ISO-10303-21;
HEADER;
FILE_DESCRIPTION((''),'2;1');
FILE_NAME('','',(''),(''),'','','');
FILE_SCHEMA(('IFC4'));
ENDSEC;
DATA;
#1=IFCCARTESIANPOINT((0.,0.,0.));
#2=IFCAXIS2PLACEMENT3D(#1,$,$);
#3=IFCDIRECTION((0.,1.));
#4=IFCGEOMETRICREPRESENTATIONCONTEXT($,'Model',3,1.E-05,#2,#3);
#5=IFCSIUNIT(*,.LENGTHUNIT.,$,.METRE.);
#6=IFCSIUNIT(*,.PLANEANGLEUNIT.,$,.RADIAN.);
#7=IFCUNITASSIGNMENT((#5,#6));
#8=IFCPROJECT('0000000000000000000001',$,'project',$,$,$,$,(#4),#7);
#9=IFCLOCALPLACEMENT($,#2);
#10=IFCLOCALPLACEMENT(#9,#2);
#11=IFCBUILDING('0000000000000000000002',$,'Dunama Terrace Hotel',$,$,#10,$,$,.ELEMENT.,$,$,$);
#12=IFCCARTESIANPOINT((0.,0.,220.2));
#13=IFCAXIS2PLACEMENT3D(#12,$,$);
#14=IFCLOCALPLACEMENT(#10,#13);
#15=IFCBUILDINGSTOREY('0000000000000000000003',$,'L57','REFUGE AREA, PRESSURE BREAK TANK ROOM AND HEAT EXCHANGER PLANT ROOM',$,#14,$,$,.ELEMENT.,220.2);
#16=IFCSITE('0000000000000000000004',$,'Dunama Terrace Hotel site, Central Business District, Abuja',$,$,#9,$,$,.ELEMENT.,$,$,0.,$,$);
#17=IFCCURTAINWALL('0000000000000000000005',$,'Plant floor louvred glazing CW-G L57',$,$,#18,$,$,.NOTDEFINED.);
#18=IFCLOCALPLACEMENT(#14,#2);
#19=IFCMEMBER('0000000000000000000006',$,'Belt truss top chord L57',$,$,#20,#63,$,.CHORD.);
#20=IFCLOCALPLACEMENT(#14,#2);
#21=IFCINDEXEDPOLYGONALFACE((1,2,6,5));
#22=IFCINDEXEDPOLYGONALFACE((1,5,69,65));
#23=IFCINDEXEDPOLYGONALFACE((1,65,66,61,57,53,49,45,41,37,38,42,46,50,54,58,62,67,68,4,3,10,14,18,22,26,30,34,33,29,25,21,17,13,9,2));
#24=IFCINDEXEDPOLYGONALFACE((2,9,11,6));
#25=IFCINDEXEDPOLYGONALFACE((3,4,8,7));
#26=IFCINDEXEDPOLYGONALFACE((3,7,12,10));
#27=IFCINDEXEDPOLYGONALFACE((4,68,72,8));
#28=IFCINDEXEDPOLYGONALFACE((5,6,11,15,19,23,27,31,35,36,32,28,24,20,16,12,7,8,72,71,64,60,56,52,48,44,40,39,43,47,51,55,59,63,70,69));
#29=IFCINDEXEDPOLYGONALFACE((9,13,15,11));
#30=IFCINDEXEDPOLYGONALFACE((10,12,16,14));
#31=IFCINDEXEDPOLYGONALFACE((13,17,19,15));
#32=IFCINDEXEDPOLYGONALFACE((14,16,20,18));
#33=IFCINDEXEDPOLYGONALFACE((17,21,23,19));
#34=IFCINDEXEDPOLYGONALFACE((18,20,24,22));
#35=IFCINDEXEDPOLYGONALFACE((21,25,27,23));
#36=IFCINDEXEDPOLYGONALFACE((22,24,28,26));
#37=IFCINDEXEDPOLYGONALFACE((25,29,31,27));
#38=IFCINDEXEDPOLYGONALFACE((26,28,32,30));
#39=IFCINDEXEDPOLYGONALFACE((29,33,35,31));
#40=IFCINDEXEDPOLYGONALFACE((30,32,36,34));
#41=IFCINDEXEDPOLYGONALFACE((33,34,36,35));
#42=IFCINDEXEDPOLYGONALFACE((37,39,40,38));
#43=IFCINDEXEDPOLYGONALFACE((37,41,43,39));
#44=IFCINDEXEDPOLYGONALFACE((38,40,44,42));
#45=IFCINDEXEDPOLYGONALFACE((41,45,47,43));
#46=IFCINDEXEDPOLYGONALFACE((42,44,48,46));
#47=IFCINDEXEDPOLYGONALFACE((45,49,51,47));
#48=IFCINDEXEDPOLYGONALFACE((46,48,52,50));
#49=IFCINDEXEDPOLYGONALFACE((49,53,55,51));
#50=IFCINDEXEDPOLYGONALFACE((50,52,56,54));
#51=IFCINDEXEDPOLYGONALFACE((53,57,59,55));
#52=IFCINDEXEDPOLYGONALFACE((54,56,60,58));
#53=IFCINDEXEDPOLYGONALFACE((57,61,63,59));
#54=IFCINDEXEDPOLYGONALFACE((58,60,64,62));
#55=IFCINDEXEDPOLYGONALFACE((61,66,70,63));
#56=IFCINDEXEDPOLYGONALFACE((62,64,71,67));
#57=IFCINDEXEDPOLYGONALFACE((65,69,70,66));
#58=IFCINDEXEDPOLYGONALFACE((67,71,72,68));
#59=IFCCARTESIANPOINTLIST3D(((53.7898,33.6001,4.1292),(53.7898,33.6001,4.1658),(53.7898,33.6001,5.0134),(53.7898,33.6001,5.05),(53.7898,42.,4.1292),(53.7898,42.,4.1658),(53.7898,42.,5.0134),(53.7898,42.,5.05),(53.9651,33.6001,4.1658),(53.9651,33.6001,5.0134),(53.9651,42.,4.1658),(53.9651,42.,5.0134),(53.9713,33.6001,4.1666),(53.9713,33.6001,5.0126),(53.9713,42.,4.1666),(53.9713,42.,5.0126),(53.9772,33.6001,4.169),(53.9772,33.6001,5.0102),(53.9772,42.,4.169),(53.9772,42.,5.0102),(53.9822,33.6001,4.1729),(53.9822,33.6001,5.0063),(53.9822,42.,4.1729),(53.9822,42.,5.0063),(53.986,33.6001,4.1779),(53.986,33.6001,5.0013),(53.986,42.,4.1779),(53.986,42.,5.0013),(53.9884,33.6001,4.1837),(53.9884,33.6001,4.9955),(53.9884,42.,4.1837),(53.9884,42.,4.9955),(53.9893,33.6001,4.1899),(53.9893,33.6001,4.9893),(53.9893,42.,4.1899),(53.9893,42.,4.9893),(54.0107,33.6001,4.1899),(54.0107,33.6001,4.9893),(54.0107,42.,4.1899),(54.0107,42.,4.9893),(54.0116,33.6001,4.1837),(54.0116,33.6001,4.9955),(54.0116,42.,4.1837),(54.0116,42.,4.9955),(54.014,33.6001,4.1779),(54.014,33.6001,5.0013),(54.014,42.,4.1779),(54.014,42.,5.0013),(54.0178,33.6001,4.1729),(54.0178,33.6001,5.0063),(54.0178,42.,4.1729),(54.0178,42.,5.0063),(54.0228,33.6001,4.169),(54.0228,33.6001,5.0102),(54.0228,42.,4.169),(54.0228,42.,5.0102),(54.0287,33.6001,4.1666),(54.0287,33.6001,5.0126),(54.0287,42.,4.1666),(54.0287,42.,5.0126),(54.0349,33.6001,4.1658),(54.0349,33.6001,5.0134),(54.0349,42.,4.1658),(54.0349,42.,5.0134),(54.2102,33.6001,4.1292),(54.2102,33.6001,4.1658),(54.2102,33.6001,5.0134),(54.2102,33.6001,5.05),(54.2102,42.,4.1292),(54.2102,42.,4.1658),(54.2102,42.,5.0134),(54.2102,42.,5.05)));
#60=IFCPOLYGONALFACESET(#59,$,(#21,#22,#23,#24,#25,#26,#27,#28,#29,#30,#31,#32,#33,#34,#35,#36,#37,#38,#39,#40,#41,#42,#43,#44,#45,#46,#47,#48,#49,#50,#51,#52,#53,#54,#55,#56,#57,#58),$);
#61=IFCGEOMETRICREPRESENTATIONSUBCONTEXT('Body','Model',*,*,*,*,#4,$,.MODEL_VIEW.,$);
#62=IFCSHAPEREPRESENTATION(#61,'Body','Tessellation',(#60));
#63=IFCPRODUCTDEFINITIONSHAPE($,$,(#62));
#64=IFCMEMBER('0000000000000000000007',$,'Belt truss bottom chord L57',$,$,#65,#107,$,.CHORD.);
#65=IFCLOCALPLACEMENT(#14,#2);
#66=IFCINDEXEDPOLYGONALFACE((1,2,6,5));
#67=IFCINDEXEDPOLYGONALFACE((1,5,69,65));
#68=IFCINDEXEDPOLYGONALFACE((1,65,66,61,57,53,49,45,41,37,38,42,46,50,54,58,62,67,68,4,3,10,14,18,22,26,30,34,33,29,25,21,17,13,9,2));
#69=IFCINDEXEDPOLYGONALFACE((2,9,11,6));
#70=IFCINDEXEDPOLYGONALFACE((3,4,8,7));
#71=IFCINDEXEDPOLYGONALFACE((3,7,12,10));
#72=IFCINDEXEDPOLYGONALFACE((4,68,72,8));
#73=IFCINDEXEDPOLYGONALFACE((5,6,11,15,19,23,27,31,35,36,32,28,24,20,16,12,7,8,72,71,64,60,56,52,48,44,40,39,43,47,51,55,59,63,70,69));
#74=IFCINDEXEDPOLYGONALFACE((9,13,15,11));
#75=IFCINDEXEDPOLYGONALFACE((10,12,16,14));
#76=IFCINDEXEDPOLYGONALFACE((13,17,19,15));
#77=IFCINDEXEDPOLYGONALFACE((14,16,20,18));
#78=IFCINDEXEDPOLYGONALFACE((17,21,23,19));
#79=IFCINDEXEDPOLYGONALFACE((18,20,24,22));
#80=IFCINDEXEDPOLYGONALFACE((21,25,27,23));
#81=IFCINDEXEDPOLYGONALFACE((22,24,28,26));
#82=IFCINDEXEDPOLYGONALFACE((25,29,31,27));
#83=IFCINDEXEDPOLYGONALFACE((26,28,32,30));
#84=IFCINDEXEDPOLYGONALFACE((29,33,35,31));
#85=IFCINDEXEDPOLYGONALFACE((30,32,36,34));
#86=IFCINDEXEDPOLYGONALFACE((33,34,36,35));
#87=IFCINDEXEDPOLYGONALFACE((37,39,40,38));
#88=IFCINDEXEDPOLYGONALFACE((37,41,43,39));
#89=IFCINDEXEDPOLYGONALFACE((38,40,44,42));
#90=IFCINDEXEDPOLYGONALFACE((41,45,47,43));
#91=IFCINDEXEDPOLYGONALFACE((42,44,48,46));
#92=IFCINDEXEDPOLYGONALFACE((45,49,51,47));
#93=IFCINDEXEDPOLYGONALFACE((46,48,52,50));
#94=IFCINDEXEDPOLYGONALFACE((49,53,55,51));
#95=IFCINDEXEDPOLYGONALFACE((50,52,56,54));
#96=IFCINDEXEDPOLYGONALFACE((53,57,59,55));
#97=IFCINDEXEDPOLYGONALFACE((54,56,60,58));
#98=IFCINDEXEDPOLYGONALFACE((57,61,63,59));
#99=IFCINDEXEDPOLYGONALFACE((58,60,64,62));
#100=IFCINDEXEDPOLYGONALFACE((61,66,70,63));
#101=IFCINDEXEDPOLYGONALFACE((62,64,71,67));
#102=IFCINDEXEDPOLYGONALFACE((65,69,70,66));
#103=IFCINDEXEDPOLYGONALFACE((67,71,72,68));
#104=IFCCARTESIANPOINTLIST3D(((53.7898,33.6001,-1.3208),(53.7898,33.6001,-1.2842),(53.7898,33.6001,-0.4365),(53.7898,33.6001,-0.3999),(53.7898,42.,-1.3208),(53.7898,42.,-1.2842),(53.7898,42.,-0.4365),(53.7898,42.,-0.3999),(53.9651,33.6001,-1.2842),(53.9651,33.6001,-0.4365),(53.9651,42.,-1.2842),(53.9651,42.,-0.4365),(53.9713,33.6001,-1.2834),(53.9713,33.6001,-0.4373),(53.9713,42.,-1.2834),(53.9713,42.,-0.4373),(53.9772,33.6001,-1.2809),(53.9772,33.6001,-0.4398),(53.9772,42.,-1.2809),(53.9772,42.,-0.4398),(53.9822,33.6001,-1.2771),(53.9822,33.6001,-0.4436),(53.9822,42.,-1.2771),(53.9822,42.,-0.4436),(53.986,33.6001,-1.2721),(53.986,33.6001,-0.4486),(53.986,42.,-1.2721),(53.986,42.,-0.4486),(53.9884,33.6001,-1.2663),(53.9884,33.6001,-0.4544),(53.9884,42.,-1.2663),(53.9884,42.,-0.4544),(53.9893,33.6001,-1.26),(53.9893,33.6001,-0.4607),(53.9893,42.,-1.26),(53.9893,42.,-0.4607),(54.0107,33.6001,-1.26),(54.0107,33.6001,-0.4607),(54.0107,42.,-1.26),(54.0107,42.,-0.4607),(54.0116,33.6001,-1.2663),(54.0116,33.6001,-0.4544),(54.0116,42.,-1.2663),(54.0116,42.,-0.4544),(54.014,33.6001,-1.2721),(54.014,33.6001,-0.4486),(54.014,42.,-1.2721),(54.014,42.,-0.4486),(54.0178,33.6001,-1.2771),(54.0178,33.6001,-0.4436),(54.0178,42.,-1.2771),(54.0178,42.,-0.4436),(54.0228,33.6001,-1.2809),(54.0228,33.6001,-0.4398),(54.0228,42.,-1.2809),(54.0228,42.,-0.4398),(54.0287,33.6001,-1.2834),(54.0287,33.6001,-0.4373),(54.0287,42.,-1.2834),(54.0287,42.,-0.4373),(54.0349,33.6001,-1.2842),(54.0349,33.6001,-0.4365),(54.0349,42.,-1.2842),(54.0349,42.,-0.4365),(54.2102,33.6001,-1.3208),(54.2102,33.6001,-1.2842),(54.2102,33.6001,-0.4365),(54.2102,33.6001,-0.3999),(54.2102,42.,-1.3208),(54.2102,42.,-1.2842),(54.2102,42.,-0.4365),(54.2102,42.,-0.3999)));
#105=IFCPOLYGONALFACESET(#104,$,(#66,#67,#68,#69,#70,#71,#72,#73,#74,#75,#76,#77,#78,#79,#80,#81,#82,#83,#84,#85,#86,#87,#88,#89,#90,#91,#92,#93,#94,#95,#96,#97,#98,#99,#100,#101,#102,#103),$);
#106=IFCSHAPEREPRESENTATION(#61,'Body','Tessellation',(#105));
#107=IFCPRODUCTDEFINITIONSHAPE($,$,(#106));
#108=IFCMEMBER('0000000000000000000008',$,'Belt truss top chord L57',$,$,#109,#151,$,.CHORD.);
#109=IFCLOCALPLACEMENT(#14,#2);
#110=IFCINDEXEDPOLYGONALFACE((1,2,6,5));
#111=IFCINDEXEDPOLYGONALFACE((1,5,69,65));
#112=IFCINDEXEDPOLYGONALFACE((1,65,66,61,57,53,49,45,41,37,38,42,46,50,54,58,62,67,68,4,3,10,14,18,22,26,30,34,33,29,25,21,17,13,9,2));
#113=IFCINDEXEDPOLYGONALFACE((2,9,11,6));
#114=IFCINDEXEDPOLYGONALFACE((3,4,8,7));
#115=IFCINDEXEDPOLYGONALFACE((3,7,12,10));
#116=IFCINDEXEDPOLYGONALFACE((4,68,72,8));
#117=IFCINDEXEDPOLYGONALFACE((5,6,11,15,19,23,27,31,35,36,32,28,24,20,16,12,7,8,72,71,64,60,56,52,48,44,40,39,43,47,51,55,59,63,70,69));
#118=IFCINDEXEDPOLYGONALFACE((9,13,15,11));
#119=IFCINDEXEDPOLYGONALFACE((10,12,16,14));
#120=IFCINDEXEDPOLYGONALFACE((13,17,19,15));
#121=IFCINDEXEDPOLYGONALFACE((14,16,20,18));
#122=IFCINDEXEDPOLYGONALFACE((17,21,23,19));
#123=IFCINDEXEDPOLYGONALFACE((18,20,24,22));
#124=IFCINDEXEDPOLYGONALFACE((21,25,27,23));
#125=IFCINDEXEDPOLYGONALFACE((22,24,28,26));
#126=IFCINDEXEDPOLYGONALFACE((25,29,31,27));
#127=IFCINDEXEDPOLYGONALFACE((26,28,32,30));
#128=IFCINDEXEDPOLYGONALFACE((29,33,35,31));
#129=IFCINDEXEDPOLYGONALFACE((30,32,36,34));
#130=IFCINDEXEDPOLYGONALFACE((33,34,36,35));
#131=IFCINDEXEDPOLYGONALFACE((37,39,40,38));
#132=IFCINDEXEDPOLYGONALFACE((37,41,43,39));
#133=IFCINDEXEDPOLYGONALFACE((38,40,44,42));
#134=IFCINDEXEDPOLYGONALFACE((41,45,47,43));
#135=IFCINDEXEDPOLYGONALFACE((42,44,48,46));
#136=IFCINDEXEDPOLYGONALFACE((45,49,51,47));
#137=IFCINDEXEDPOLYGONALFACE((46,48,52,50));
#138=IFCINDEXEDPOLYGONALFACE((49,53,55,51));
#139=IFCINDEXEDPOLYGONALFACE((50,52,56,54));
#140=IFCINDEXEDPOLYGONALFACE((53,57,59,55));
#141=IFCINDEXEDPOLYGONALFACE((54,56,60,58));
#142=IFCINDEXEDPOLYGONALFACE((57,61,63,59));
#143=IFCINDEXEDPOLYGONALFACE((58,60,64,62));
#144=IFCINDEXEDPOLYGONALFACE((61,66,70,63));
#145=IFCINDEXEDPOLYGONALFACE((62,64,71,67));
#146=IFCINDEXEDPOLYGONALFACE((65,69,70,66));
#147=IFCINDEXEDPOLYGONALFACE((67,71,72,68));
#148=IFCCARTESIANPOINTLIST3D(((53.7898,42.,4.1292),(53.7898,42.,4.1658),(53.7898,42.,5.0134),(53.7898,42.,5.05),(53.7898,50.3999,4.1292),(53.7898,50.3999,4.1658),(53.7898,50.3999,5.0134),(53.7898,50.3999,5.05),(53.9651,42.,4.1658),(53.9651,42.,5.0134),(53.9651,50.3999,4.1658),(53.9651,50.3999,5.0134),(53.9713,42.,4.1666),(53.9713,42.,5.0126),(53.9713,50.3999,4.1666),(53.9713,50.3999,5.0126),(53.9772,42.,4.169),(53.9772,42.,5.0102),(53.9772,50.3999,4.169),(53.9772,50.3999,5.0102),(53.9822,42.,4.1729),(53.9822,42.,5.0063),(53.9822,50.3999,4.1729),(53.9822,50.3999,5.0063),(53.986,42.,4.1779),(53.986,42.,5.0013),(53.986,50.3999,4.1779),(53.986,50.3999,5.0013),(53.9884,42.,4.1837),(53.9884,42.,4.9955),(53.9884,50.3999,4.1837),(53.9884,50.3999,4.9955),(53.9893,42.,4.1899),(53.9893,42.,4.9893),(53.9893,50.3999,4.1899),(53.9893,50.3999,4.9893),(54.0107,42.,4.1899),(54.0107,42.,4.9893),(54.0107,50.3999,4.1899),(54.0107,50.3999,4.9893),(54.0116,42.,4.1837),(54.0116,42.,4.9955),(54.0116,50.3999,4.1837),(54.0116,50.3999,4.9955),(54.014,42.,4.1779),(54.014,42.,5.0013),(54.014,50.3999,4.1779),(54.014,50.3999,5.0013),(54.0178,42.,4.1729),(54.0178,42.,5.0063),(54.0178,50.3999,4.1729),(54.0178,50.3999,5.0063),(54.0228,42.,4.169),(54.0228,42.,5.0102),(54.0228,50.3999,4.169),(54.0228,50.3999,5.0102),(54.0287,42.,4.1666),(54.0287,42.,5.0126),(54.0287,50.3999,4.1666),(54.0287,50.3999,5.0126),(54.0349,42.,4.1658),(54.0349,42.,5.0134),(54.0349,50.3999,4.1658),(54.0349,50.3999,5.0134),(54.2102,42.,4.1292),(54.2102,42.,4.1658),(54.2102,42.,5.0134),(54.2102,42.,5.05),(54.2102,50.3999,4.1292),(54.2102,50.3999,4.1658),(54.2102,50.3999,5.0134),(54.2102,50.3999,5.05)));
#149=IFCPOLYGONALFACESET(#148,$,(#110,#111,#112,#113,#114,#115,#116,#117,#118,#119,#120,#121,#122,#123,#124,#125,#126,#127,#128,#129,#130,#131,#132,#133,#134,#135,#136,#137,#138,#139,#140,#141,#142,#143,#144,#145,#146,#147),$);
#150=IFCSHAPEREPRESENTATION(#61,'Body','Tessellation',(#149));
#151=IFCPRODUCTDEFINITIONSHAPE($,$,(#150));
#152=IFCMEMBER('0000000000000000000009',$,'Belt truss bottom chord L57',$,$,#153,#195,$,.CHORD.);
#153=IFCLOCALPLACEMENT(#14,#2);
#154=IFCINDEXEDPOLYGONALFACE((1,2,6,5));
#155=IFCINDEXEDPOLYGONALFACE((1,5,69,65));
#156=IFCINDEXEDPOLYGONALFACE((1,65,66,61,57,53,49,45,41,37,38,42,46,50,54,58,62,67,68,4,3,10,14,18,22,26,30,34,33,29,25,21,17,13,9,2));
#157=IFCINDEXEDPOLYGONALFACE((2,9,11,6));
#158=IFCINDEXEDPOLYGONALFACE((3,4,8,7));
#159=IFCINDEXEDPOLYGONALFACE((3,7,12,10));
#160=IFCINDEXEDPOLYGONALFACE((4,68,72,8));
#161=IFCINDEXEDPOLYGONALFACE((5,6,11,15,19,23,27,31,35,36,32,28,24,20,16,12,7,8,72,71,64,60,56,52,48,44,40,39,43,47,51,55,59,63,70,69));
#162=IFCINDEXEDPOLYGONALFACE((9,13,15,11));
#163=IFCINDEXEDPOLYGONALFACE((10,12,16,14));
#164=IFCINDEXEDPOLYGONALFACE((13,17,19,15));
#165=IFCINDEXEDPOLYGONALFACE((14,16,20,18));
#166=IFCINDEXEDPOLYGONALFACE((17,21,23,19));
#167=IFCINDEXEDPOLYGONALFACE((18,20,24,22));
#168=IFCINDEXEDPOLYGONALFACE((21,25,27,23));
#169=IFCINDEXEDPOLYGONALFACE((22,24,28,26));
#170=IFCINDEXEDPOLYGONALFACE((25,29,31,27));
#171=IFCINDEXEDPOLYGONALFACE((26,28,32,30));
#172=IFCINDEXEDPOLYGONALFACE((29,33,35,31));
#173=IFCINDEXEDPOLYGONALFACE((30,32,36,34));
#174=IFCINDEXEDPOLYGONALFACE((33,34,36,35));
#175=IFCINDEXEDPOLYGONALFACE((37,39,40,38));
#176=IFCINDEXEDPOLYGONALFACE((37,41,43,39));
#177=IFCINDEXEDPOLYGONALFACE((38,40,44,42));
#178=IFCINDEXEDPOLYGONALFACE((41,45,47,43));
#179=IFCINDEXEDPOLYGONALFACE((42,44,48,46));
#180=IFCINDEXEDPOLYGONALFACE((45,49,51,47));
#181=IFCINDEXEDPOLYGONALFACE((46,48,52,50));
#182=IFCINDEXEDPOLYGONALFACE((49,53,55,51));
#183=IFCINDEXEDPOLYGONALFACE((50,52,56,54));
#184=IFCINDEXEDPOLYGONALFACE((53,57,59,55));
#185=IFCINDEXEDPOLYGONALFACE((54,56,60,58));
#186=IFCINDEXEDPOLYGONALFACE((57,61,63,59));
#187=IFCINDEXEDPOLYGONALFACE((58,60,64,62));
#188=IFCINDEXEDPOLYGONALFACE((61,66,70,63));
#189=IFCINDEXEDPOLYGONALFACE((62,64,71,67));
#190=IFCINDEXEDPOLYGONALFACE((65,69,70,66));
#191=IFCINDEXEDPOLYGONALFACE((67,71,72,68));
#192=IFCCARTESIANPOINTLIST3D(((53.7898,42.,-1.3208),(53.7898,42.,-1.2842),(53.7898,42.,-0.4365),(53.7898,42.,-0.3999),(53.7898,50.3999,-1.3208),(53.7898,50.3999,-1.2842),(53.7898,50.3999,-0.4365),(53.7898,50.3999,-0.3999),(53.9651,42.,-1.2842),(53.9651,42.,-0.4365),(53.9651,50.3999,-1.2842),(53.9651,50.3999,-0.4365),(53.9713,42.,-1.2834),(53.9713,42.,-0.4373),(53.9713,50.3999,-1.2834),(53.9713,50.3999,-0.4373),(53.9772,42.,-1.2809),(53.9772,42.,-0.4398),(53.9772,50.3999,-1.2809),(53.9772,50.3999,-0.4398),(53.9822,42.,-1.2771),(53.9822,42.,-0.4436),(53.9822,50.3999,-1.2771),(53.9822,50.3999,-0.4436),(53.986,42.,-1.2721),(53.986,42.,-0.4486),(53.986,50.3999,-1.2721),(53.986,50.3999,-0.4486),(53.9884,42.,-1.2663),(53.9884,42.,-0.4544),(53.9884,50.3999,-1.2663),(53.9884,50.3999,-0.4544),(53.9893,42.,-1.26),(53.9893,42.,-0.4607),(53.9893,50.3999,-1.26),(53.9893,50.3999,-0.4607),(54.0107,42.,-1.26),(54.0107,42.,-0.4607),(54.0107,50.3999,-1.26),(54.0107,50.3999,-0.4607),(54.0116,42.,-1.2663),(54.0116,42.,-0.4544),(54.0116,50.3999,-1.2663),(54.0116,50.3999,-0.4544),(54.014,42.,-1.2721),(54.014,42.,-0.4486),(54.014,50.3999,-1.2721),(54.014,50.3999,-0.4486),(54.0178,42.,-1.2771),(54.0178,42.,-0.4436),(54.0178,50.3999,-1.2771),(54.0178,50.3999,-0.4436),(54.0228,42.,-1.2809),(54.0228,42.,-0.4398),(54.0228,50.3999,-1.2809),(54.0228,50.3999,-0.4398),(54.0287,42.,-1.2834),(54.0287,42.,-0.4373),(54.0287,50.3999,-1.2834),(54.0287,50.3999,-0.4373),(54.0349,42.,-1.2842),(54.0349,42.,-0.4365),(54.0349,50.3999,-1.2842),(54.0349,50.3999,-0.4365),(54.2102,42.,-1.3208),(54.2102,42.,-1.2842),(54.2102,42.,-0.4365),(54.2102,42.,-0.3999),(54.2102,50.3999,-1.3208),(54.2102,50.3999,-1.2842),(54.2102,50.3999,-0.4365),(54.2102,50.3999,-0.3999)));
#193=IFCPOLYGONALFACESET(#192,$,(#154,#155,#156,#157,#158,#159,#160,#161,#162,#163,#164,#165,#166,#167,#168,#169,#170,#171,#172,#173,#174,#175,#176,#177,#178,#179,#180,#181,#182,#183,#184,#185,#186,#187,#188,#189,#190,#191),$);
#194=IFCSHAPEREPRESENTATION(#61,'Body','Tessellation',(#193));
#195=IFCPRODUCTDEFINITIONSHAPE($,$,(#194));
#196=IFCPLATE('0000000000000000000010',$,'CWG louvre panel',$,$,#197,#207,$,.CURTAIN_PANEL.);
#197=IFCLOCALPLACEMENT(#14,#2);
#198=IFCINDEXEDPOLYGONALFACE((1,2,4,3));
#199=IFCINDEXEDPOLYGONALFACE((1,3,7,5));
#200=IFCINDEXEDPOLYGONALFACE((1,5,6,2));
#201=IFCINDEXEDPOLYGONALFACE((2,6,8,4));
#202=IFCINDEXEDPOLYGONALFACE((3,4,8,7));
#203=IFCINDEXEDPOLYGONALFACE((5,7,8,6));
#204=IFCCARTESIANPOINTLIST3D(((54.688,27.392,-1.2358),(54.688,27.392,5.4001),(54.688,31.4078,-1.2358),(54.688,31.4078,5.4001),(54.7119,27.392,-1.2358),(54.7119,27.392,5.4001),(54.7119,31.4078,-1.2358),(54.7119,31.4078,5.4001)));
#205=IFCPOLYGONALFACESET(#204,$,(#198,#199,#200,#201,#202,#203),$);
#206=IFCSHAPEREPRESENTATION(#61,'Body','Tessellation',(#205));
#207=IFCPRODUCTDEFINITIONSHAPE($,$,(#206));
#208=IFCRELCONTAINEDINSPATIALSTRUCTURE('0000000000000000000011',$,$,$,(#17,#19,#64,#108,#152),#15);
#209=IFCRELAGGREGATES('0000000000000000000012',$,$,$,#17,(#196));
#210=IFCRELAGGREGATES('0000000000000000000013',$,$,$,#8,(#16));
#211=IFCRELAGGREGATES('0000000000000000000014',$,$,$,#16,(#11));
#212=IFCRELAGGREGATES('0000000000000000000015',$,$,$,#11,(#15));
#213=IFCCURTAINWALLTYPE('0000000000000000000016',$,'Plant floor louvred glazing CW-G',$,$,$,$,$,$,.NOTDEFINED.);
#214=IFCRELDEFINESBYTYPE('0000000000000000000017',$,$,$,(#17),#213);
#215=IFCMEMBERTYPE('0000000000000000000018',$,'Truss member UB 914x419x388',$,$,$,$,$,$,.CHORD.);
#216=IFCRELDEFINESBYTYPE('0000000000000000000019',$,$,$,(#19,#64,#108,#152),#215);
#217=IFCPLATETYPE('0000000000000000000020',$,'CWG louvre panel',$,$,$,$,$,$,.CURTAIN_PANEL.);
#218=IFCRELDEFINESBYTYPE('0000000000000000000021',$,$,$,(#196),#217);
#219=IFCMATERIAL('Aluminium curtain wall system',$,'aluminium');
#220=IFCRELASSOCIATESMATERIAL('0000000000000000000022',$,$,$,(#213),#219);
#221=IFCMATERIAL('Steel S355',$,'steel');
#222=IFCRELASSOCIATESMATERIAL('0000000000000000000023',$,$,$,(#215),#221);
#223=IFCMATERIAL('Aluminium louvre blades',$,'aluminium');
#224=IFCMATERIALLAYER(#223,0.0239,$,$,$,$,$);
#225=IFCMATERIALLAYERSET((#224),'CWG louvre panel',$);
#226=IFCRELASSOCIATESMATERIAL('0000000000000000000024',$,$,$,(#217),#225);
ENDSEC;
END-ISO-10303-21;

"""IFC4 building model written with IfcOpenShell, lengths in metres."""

from ifc_helpers import new_model, si_unit, direction, frame, origin, origin_2d, place, context, subcontext, project, spatial, rectangle, i_section, extrude, material, layer, layer_set, material_profile, profile_set, type_object, element, aggregate, save


model = new_model("IFC4")

# Units and contexts
model_context = context("Model", 3, precision=1e-05, world=origin(), true_north=direction((0.0, 1.0)))
body_context = subcontext(model_context, "Body", "Model", "MODEL_VIEW")
ifc_project = project(units=[si_unit("LENGTHUNIT", "METRE"), si_unit("PLANEANGLEUNIT", "RADIAN")], contexts=[model_context])

# Site, building, storey
site_placement = place(None, origin())
site = spatial("IfcSite", under=ifc_project, at=site_placement, Name="Dunama Terrace Hotel site, Central Business District, Abuja", CompositionType="ELEMENT", RefElevation=0.0)
building_placement = place(site_placement, origin())
building = spatial("IfcBuilding", under=site, at=building_placement, Name="Dunama Terrace Hotel", CompositionType="ELEMENT")
storey_placement = place(building_placement, frame((0.0, 0.0, 220.2)))
storey = spatial("IfcBuildingStorey", under=building, at=storey_placement, Name="L57", Description="REFUGE AREA, PRESSURE BREAK TANK ROOM AND HEAT EXCHANGER PLANT ROOM", CompositionType="ELEMENT", Elevation=220.2)

# Curtain wall
ifc_material_1 = material(Name="Aluminium curtain wall system", Category="aluminium")
curtain_wall_type = type_object("IfcCurtainWallType", Name="Plant floor louvred glazing CW-G", PredefinedType="NOTDEFINED", material=ifc_material_1)
curtain_wall_1_placement = place(storey_placement, origin())
curtain_wall_1 = element("IfcCurtainWall", 1, at=curtain_wall_1_placement, inside=storey, type_object=curtain_wall_type, Name="Plant floor louvred glazing CW-G L57", PredefinedType="NOTDEFINED")

# Members
ifc_material_2 = material(Name="Steel S355", Category="steel")
ifc_material_profile_1 = material_profile(ifc_material_2, i_section(OverallWidth=0.4204, OverallDepth=0.9209, WebThickness=0.0215, FlangeThickness=0.0366, FilletRadius=0.0242, at=origin_2d()), Name="UB 914x419x388")
ifc_profile_set_1 = profile_set([ifc_material_profile_1], Name="Steel S355")
member_type_1 = type_object("IfcMemberType", Name="Truss member UB 914x419x388", PredefinedType="CHORD", material=ifc_profile_set_1)
for number, where, z_axis, x_axis, name in (
    (2, (54.0, 33.6001, 4.5896), (0.0, 1.0, 0.0), (-1.0, 0.0, 0.0), "Belt truss top chord L57"),
    (3, (54.0, 33.6001, -0.8604), (0.0, 1.0, 0.0), (-1.0, 0.0, 0.0), "Belt truss bottom chord L57"),
    (4, (54.0, 42.0, 4.5896), (0.0, 1.0, 0.0), (-1.0, 0.0, 0.0), "Belt truss top chord L57"),
    (5, (54.0, 42.0, -0.8604), (0.0, 1.0, 0.0), (-1.0, 0.0, 0.0), "Belt truss bottom chord L57"),
):
    element("IfcMember", number, at=place(storey_placement, frame(where, z_axis=z_axis, x_axis=x_axis)), inside=storey, type_object=member_type_1, Name=name, PredefinedType="CHORD", context=body_context, shape_type="SweptSolid", body=[
        extrude(i_section(OverallWidth=0.4204, OverallDepth=0.9209, WebThickness=0.0215, FlangeThickness=0.0366, FilletRadius=0.0242, at=origin_2d()), origin(), (0.0, 0.0, 1.0), 8.3999),
    ])

# Plate
ifc_material_3 = material(Name="Aluminium louvre blades", Category="aluminium")
ifc_layer = layer(ifc_material_3, 0.0239)
ifc_layer_set = layer_set([ifc_layer], Name="CWG louvre panel")
plate_type = type_object("IfcPlateType", Name="CWG louvre panel", PredefinedType="CURTAIN_PANEL", material=ifc_layer_set)
plate_1_placement = place(storey_placement, frame((54.7, 29.3999, -1.2358), z_axis=(0.0, 0.0, 1.0), x_axis=(0.0, 1.0, 0.0)))
plate_1 = element("IfcPlate", 6, at=plate_1_placement, type_object=plate_type, Name="CWG louvre panel", PredefinedType="CURTAIN_PANEL", context=body_context, shape_type="SweptSolid", body=[
    extrude(rectangle(XDim=4.0159, YDim=0.0239, at=origin_2d()), origin(), (0.0, 0.0, 1.0), 6.636),
])
aggregate(curtain_wall_1, [plate_1])

save(model, "model.ifc")
